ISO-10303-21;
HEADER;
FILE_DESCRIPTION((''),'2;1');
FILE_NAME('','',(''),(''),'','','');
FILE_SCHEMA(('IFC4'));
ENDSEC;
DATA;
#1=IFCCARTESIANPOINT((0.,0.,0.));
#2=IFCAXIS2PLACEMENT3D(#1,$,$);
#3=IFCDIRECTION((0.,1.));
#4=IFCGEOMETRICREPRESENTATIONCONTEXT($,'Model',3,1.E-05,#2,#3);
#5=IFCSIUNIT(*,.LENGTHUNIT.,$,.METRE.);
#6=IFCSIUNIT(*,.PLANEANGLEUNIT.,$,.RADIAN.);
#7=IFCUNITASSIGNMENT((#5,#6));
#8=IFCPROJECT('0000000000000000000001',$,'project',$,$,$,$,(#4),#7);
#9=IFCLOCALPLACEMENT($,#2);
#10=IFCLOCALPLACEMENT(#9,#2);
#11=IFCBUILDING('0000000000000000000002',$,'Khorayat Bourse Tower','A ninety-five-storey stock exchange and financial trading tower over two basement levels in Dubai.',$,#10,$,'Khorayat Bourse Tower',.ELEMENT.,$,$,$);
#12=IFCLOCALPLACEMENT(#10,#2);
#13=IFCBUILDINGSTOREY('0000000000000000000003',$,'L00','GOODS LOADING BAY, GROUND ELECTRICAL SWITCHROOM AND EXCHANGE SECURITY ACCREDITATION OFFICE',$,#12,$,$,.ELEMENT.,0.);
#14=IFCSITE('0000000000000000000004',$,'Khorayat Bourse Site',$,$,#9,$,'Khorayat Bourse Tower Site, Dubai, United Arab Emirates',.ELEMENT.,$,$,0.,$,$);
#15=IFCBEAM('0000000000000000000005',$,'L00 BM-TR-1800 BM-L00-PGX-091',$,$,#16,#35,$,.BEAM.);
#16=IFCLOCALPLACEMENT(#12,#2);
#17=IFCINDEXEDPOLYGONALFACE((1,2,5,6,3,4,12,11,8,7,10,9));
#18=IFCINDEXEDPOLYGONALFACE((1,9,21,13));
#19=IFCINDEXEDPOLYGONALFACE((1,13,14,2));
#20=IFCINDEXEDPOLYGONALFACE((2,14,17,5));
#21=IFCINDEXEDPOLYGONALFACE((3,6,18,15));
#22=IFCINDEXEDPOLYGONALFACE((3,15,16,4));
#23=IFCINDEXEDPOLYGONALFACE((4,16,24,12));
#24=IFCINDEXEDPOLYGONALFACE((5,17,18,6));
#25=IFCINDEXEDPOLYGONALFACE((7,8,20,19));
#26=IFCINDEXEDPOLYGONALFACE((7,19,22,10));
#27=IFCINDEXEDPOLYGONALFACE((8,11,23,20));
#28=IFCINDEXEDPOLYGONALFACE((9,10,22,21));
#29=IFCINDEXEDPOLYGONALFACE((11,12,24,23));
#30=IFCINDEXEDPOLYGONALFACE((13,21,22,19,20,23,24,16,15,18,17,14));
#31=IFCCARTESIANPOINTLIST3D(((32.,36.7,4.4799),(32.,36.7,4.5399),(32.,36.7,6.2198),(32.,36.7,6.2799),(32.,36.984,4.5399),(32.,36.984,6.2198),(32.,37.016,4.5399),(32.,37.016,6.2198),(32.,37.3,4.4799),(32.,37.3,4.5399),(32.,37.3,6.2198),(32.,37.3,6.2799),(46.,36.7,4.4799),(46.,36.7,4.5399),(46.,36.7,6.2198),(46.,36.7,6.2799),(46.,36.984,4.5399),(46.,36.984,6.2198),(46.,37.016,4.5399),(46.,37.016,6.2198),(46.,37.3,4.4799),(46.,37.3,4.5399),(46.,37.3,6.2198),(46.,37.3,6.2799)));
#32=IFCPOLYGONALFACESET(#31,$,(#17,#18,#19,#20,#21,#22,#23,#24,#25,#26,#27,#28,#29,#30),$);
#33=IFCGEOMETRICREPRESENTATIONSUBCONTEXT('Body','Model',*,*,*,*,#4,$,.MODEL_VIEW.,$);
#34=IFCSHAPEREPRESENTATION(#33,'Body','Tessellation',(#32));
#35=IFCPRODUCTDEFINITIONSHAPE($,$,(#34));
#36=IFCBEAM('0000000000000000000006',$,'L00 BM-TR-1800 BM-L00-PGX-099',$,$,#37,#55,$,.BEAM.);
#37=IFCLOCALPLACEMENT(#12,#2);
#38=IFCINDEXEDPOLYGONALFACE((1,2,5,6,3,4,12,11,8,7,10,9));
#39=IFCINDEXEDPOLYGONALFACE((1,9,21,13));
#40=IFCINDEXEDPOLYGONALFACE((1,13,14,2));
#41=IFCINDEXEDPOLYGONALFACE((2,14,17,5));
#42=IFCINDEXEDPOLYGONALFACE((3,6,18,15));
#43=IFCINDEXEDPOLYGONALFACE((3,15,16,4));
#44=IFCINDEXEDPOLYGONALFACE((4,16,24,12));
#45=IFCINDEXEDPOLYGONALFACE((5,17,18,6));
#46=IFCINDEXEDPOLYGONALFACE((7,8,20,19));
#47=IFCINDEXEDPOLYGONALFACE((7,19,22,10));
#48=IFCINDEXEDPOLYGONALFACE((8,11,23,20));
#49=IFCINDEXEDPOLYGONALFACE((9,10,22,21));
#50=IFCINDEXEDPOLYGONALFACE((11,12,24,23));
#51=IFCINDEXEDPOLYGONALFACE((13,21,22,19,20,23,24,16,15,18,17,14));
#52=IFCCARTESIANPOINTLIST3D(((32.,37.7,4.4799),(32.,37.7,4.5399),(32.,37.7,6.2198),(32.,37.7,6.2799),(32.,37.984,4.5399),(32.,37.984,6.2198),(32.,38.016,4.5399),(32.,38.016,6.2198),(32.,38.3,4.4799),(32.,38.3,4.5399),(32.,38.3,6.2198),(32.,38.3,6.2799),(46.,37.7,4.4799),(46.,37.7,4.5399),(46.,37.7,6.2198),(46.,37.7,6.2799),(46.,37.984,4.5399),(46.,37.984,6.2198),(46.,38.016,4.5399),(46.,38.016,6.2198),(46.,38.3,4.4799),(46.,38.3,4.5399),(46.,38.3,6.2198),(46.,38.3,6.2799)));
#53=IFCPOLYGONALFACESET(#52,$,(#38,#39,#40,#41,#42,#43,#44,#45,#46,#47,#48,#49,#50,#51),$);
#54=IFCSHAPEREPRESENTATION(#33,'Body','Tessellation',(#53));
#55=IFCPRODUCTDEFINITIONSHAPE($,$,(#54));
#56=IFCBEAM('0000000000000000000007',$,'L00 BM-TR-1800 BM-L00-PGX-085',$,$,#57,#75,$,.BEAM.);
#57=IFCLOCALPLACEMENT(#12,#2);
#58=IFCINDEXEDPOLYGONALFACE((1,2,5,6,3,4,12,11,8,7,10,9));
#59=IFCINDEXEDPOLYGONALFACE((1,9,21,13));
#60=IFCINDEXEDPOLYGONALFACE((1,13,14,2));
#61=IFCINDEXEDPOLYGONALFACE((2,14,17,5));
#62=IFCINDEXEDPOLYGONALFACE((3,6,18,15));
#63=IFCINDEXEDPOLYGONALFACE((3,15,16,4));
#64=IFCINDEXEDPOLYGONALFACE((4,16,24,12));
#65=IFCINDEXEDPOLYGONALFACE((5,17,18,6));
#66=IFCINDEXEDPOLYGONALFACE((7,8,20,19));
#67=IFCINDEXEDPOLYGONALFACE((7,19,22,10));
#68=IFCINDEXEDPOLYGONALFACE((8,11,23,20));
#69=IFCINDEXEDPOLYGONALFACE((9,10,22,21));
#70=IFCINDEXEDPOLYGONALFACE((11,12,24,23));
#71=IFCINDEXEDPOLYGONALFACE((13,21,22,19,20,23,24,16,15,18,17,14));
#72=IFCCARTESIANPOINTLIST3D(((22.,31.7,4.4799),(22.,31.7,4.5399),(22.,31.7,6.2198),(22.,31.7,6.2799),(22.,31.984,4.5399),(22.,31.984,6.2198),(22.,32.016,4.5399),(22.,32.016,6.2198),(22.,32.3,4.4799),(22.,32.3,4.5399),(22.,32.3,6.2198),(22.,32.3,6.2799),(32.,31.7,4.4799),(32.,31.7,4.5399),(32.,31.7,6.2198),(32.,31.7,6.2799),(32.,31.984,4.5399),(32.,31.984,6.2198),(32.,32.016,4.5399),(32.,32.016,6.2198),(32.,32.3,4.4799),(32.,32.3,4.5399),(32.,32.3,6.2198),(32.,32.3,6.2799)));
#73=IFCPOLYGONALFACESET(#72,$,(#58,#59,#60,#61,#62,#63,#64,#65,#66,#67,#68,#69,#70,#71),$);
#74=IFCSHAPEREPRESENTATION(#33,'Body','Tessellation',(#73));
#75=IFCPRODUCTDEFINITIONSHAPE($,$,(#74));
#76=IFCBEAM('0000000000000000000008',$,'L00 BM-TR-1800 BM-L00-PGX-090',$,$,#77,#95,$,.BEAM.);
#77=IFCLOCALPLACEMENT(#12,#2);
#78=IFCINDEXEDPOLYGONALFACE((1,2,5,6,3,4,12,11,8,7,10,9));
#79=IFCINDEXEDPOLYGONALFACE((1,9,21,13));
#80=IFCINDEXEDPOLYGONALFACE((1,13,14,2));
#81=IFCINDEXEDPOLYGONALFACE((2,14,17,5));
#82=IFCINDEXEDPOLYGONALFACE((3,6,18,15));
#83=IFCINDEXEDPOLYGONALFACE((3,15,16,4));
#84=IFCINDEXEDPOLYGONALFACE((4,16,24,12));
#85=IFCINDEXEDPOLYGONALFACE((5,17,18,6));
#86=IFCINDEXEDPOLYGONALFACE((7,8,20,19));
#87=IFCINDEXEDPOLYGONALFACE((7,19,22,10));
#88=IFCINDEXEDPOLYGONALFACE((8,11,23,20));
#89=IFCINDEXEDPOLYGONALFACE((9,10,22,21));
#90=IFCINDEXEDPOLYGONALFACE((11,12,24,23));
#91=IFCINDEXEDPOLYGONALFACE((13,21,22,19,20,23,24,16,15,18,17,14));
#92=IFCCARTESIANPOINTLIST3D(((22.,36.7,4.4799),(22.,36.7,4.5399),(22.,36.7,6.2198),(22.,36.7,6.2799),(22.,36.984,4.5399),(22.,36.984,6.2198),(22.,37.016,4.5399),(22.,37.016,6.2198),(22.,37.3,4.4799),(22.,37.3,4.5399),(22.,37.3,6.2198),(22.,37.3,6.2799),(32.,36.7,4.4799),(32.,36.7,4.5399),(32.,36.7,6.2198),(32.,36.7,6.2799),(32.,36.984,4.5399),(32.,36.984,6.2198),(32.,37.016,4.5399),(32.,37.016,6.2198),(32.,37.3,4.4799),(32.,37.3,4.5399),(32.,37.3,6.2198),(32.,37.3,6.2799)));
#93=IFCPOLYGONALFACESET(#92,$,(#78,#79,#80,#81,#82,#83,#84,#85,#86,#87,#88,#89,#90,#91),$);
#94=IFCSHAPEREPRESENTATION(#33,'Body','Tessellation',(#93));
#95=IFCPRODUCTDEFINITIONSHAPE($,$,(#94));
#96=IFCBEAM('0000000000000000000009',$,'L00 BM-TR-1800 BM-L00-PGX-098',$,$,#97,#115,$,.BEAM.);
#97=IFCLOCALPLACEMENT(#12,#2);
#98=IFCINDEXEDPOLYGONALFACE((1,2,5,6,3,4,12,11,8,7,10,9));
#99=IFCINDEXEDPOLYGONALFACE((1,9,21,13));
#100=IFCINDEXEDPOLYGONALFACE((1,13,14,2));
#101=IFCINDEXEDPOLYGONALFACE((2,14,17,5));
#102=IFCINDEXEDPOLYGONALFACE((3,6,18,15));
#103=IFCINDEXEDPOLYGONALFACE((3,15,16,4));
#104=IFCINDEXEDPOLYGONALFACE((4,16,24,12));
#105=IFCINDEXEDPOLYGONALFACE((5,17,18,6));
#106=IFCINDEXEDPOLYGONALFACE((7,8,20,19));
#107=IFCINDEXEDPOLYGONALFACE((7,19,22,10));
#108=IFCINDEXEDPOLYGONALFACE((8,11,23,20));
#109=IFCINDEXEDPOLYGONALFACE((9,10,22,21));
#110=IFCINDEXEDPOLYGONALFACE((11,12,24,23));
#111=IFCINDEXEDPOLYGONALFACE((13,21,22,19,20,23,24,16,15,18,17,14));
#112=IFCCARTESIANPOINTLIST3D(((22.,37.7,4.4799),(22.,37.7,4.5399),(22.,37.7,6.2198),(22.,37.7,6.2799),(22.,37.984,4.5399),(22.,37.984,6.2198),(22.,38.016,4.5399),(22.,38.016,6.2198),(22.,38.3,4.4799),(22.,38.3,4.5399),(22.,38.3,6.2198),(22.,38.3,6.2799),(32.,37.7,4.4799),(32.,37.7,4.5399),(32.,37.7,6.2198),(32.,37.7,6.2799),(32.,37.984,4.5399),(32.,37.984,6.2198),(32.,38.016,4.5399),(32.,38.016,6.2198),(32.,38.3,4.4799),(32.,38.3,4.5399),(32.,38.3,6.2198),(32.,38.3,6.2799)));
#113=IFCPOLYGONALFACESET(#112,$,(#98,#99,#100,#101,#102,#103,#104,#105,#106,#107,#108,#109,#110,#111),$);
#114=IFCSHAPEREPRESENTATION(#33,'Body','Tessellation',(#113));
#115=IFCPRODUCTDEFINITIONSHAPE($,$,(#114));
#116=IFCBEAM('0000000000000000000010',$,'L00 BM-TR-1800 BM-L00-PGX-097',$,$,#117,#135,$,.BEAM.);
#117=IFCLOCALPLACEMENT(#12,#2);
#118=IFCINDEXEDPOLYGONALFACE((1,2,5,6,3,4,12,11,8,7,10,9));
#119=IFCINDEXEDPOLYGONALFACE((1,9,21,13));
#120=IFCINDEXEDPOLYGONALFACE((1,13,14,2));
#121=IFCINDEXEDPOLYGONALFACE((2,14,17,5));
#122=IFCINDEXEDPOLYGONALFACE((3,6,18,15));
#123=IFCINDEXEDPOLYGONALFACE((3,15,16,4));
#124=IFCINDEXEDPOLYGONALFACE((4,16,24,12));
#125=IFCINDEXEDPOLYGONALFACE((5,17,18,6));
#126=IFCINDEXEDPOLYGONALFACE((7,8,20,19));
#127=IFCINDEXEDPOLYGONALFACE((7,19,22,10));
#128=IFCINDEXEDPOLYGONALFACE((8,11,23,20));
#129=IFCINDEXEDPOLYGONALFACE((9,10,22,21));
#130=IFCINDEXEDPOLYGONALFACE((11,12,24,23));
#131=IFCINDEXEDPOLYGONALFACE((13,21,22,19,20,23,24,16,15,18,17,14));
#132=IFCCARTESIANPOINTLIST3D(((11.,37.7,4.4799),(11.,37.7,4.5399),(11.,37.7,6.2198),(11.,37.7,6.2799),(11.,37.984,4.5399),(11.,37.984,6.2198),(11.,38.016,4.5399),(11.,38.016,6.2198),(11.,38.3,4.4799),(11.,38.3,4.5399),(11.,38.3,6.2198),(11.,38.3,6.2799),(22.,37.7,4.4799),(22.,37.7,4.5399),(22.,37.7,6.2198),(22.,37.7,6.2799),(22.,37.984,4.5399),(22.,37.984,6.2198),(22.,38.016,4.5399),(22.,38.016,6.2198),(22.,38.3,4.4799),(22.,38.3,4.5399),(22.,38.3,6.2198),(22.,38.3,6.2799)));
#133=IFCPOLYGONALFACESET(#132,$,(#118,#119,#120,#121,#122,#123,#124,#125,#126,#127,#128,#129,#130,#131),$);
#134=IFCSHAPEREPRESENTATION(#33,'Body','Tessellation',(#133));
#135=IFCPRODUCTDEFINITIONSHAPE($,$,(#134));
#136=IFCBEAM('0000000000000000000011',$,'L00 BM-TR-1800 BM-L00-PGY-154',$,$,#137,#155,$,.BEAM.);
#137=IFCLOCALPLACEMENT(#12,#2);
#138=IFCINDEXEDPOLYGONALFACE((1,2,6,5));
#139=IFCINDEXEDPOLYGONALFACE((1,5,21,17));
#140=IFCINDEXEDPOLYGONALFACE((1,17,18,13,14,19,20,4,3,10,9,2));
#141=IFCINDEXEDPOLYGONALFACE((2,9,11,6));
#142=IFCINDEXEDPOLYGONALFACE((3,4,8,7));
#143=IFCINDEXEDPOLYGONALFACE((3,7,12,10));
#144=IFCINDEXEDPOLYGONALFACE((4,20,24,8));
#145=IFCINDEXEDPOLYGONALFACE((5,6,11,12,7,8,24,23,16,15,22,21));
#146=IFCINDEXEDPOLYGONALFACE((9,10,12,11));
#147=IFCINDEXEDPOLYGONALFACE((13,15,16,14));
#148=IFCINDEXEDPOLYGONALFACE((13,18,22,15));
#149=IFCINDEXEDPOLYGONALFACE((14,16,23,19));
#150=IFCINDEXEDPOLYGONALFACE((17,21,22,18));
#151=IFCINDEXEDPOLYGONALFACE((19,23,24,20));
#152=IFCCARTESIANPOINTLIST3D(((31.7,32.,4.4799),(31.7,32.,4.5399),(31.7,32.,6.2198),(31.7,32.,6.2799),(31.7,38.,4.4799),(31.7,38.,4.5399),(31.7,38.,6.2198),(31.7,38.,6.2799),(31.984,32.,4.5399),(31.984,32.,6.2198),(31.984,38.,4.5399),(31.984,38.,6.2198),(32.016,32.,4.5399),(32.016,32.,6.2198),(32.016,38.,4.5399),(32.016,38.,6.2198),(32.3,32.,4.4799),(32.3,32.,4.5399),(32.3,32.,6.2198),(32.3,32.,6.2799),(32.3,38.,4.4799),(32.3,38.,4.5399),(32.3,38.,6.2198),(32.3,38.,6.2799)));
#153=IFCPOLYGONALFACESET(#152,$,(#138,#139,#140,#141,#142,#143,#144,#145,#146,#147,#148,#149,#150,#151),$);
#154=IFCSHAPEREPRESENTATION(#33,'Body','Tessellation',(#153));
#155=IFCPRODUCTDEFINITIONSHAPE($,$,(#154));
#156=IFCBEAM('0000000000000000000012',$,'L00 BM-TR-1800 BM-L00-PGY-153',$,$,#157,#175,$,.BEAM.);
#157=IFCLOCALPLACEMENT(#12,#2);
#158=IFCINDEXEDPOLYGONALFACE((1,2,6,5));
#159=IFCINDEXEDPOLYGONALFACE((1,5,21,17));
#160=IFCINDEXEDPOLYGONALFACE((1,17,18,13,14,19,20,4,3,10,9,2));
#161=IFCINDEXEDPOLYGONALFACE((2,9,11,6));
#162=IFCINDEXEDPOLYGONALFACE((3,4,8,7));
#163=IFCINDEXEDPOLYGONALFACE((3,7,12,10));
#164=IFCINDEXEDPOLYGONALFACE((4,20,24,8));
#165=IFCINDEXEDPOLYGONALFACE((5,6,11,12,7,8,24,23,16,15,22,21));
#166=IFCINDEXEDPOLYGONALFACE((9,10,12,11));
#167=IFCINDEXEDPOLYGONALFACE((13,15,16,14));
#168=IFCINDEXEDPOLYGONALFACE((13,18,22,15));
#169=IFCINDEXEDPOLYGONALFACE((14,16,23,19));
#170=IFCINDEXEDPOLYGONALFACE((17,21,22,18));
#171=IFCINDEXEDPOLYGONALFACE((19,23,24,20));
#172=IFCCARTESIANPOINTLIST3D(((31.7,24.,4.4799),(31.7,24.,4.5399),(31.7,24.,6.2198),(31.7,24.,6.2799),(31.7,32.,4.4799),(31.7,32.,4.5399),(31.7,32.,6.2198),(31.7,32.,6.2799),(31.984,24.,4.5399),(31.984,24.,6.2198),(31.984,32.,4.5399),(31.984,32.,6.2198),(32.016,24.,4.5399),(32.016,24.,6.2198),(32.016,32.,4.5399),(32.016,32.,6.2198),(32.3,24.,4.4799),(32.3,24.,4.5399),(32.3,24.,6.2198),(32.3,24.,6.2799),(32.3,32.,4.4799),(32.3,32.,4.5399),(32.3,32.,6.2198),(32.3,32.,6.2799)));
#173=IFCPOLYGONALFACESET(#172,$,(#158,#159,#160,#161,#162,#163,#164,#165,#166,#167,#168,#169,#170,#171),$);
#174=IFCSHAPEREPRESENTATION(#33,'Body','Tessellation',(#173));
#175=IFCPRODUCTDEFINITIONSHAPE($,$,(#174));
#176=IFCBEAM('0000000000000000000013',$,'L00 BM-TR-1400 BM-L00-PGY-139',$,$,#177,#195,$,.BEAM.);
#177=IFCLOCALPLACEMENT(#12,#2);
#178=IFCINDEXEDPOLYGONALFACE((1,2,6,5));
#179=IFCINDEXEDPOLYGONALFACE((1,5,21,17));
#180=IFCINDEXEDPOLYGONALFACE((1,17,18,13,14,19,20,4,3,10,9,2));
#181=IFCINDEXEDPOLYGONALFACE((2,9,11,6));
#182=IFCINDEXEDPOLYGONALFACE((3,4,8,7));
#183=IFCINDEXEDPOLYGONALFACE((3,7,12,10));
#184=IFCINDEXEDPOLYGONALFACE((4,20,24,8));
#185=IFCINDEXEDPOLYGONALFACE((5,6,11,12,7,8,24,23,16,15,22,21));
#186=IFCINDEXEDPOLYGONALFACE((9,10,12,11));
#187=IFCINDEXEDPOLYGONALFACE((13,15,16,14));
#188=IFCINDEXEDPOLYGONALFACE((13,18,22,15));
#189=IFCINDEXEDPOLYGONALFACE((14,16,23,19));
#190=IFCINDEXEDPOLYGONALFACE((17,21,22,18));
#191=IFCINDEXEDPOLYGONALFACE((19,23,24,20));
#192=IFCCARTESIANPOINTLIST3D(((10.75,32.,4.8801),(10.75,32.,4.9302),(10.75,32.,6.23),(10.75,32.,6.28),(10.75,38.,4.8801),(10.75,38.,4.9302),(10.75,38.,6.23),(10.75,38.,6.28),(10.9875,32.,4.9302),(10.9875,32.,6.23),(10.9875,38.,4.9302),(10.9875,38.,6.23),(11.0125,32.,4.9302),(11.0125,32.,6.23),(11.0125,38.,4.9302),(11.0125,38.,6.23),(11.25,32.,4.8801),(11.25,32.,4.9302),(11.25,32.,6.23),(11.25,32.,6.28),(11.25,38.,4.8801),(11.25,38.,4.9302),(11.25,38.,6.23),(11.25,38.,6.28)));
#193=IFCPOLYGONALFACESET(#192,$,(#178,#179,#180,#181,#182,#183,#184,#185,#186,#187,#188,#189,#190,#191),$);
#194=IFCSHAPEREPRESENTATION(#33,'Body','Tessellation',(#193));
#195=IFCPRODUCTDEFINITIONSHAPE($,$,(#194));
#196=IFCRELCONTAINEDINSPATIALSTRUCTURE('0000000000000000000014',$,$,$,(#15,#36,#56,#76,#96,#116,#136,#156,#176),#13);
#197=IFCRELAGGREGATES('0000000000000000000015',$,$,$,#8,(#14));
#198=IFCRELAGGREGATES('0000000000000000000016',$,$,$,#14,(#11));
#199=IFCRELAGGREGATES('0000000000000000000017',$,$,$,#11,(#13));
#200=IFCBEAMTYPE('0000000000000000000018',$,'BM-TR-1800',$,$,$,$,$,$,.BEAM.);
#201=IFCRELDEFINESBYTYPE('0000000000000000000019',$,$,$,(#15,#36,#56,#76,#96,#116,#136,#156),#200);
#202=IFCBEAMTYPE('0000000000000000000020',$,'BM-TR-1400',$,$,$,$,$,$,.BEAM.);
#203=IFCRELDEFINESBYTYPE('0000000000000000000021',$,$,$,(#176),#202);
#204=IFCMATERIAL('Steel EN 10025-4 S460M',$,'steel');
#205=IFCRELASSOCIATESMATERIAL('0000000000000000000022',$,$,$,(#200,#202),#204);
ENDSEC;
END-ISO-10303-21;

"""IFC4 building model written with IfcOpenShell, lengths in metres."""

from ifc_helpers import new_model, si_unit, direction, frame, origin, origin_2d, place, context, subcontext, project, spatial, i_section, extrude, source, transform, mapped, material, material_profile, profile_set, type_object, element, save


model = new_model("IFC4")

# Units and contexts
model_context = context("Model", 3, precision=1e-05, world=origin(), true_north=direction((0.0, 1.0)))
body_context = subcontext(model_context, "Body", "Model", "MODEL_VIEW")
ifc_project = project(units=[si_unit("LENGTHUNIT", "METRE"), si_unit("PLANEANGLEUNIT", "RADIAN")], contexts=[model_context])

# Site, building, storey
site_placement = place(None, origin())
site = spatial("IfcSite", under=ifc_project, at=site_placement, Name="Khorayat Bourse Site", LongName="Khorayat Bourse Tower Site, Dubai, United Arab Emirates", CompositionType="ELEMENT", RefElevation=0.0)
building_placement = place(site_placement, origin())
building = spatial("IfcBuilding", under=site, at=building_placement, Name="Khorayat Bourse Tower", Description="A ninety-five-storey stock exchange and financial trading tower over two basement levels in Dubai.", LongName="Khorayat Bourse Tower", CompositionType="ELEMENT")
storey_placement = place(building_placement, origin())
storey = spatial("IfcBuildingStorey", under=building, at=storey_placement, Name="L00", Description="GOODS LOADING BAY, GROUND ELECTRICAL SWITCHROOM AND EXCHANGE SECURITY ACCREDITATION OFFICE", CompositionType="ELEMENT", Elevation=0.0)

# Beams
ifc_material_1 = material(Name="Steel EN 10025-4 S460M", Category="steel")
ifc_material_profile_1 = material_profile(ifc_material_1, i_section(OverallWidth=0.6001, OverallDepth=1.8, WebThickness=0.032, FlangeThickness=0.0601, at=origin_2d()), Name="PG 1800x600x32x60")
ifc_profile_set_1 = profile_set([ifc_material_profile_1], Name="Steel EN 10025-4 S460M")
beam_type_1 = type_object("IfcBeamType", Name="BM-TR-1800", PredefinedType="BEAM", material=ifc_profile_set_1)
shared_shape_1 = source(origin(), body_context, "Body", "SweptSolid", [
    extrude(i_section(OverallWidth=0.6001, OverallDepth=1.8, WebThickness=0.032, FlangeThickness=0.0601, at=origin_2d()), origin(), (0.0, 0.0, 1.0), 14.0),
])
for number, where, z_axis, x_axis, name in (
    (1, (32.0, 37.0, 5.3799), (1.0, 0.0, 0.0), (0.0, 1.0, 0.0), "L00 BM-TR-1800 BM-L00-PGX-091"),
    (2, (32.0, 38.0, 5.3799), (1.0, 0.0, 0.0), (0.0, 1.0, 0.0), "L00 BM-TR-1800 BM-L00-PGX-099"),
):
    element("IfcBeam", number, at=place(storey_placement, frame(where, z_axis=z_axis, x_axis=x_axis)), inside=storey, type_object=beam_type_1, Name=name, PredefinedType="BEAM", context=body_context, shape_type="MappedRepresentation", body=[
        mapped(shared_shape_1, transform((0.0, 0.0, 0.0), scale=1.0)),
    ])
shared_shape_2 = source(origin(), body_context, "Body", "SweptSolid", [
    extrude(i_section(OverallWidth=0.6001, OverallDepth=1.8, WebThickness=0.032, FlangeThickness=0.0601, at=origin_2d()), origin(), (0.0, 0.0, 1.0), 10.0),
])
for number, where, z_axis, x_axis, name in (
    (3, (22.0, 32.0, 5.3799), (1.0, 0.0, 0.0), (0.0, 1.0, 0.0), "L00 BM-TR-1800 BM-L00-PGX-085"),
    (4, (22.0, 37.0, 5.3799), (1.0, 0.0, 0.0), (0.0, 1.0, 0.0), "L00 BM-TR-1800 BM-L00-PGX-090"),
    (5, (22.0, 38.0, 5.3799), (1.0, 0.0, 0.0), (0.0, 1.0, 0.0), "L00 BM-TR-1800 BM-L00-PGX-098"),
):
    element("IfcBeam", number, at=place(storey_placement, frame(where, z_axis=z_axis, x_axis=x_axis)), inside=storey, type_object=beam_type_1, Name=name, PredefinedType="BEAM", context=body_context, shape_type="MappedRepresentation", body=[
        mapped(shared_shape_2, transform((0.0, 0.0, 0.0), scale=1.0)),
    ])
shared_shape_3 = source(origin(), body_context, "Body", "SweptSolid", [
    extrude(i_section(OverallWidth=0.6001, OverallDepth=1.8, WebThickness=0.032, FlangeThickness=0.0601, at=origin_2d()), origin(), (0.0, 0.0, 1.0), 11.0),
])
beam_1_placement = place(storey_placement, frame((11.0, 38.0, 5.3799), z_axis=(1.0, 0.0, 0.0), x_axis=(0.0, 1.0, 0.0)))
element("IfcBeam", 6, at=beam_1_placement, inside=storey, type_object=beam_type_1, Name="L00 BM-TR-1800 BM-L00-PGX-097", PredefinedType="BEAM", context=body_context, shape_type="MappedRepresentation", body=[
    mapped(shared_shape_3, transform((0.0, 0.0, 0.0), scale=1.0)),
])
shared_shape_4 = source(origin(), body_context, "Body", "SweptSolid", [
    extrude(i_section(OverallWidth=0.6001, OverallDepth=1.8, WebThickness=0.032, FlangeThickness=0.0601, at=origin_2d()), origin(), (0.0, 0.0, 1.0), 6.0),
])
beam_2_placement = place(storey_placement, frame((32.0, 32.0, 5.3799), z_axis=(0.0, 1.0, 0.0), x_axis=(-1.0, 0.0, 0.0)))
element("IfcBeam", 7, at=beam_2_placement, inside=storey, type_object=beam_type_1, Name="L00 BM-TR-1800 BM-L00-PGY-154", PredefinedType="BEAM", context=body_context, shape_type="MappedRepresentation", body=[
    mapped(shared_shape_4, transform((0.0, 0.0, 0.0), scale=1.0)),
])
shared_shape_5 = source(origin(), body_context, "Body", "SweptSolid", [
    extrude(i_section(OverallWidth=0.6001, OverallDepth=1.8, WebThickness=0.032, FlangeThickness=0.0601, at=origin_2d()), origin(), (0.0, 0.0, 1.0), 8.0),
])
beam_3_placement = place(storey_placement, frame((32.0, 24.0, 5.3799), z_axis=(0.0, 1.0, 0.0), x_axis=(-1.0, 0.0, 0.0)))
element("IfcBeam", 8, at=beam_3_placement, inside=storey, type_object=beam_type_1, Name="L00 BM-TR-1800 BM-L00-PGY-153", PredefinedType="BEAM", context=body_context, shape_type="MappedRepresentation", body=[
    mapped(shared_shape_5, transform((0.0, 0.0, 0.0), scale=1.0)),
])
ifc_material_profile_2 = material_profile(ifc_material_1, i_section(OverallWidth=0.5, OverallDepth=1.3999, WebThickness=0.0249, FlangeThickness=0.05, at=origin_2d()), Name="PG 1400x500x25x50")
ifc_profile_set_2 = profile_set([ifc_material_profile_2], Name="Steel EN 10025-4 S460M")
beam_type_2 = type_object("IfcBeamType", Name="BM-TR-1400", PredefinedType="BEAM", material=ifc_profile_set_2)
shared_shape_6 = source(origin(), body_context, "Body", "SweptSolid", [
    extrude(i_section(OverallWidth=0.5, OverallDepth=1.3999, WebThickness=0.0249, FlangeThickness=0.05, at=origin_2d()), origin(), (0.0, 0.0, 1.0), 6.0),
])
for number, where, z_axis, x_axis, name in (
    (9, (11.0, 32.0, 5.5801), (0.0, 1.0, 0.0), (-1.0, 0.0, 0.0), "L00 BM-TR-1400 BM-L00-PGY-139"),
):
    element("IfcBeam", number, at=place(storey_placement, frame(where, z_axis=z_axis, x_axis=x_axis)), inside=storey, type_object=beam_type_2, Name=name, PredefinedType="BEAM", context=body_context, shape_type="MappedRepresentation", body=[
        mapped(shared_shape_6, transform((0.0, 0.0, 0.0), scale=1.0)),
    ])

save(model, "model.ifc")
